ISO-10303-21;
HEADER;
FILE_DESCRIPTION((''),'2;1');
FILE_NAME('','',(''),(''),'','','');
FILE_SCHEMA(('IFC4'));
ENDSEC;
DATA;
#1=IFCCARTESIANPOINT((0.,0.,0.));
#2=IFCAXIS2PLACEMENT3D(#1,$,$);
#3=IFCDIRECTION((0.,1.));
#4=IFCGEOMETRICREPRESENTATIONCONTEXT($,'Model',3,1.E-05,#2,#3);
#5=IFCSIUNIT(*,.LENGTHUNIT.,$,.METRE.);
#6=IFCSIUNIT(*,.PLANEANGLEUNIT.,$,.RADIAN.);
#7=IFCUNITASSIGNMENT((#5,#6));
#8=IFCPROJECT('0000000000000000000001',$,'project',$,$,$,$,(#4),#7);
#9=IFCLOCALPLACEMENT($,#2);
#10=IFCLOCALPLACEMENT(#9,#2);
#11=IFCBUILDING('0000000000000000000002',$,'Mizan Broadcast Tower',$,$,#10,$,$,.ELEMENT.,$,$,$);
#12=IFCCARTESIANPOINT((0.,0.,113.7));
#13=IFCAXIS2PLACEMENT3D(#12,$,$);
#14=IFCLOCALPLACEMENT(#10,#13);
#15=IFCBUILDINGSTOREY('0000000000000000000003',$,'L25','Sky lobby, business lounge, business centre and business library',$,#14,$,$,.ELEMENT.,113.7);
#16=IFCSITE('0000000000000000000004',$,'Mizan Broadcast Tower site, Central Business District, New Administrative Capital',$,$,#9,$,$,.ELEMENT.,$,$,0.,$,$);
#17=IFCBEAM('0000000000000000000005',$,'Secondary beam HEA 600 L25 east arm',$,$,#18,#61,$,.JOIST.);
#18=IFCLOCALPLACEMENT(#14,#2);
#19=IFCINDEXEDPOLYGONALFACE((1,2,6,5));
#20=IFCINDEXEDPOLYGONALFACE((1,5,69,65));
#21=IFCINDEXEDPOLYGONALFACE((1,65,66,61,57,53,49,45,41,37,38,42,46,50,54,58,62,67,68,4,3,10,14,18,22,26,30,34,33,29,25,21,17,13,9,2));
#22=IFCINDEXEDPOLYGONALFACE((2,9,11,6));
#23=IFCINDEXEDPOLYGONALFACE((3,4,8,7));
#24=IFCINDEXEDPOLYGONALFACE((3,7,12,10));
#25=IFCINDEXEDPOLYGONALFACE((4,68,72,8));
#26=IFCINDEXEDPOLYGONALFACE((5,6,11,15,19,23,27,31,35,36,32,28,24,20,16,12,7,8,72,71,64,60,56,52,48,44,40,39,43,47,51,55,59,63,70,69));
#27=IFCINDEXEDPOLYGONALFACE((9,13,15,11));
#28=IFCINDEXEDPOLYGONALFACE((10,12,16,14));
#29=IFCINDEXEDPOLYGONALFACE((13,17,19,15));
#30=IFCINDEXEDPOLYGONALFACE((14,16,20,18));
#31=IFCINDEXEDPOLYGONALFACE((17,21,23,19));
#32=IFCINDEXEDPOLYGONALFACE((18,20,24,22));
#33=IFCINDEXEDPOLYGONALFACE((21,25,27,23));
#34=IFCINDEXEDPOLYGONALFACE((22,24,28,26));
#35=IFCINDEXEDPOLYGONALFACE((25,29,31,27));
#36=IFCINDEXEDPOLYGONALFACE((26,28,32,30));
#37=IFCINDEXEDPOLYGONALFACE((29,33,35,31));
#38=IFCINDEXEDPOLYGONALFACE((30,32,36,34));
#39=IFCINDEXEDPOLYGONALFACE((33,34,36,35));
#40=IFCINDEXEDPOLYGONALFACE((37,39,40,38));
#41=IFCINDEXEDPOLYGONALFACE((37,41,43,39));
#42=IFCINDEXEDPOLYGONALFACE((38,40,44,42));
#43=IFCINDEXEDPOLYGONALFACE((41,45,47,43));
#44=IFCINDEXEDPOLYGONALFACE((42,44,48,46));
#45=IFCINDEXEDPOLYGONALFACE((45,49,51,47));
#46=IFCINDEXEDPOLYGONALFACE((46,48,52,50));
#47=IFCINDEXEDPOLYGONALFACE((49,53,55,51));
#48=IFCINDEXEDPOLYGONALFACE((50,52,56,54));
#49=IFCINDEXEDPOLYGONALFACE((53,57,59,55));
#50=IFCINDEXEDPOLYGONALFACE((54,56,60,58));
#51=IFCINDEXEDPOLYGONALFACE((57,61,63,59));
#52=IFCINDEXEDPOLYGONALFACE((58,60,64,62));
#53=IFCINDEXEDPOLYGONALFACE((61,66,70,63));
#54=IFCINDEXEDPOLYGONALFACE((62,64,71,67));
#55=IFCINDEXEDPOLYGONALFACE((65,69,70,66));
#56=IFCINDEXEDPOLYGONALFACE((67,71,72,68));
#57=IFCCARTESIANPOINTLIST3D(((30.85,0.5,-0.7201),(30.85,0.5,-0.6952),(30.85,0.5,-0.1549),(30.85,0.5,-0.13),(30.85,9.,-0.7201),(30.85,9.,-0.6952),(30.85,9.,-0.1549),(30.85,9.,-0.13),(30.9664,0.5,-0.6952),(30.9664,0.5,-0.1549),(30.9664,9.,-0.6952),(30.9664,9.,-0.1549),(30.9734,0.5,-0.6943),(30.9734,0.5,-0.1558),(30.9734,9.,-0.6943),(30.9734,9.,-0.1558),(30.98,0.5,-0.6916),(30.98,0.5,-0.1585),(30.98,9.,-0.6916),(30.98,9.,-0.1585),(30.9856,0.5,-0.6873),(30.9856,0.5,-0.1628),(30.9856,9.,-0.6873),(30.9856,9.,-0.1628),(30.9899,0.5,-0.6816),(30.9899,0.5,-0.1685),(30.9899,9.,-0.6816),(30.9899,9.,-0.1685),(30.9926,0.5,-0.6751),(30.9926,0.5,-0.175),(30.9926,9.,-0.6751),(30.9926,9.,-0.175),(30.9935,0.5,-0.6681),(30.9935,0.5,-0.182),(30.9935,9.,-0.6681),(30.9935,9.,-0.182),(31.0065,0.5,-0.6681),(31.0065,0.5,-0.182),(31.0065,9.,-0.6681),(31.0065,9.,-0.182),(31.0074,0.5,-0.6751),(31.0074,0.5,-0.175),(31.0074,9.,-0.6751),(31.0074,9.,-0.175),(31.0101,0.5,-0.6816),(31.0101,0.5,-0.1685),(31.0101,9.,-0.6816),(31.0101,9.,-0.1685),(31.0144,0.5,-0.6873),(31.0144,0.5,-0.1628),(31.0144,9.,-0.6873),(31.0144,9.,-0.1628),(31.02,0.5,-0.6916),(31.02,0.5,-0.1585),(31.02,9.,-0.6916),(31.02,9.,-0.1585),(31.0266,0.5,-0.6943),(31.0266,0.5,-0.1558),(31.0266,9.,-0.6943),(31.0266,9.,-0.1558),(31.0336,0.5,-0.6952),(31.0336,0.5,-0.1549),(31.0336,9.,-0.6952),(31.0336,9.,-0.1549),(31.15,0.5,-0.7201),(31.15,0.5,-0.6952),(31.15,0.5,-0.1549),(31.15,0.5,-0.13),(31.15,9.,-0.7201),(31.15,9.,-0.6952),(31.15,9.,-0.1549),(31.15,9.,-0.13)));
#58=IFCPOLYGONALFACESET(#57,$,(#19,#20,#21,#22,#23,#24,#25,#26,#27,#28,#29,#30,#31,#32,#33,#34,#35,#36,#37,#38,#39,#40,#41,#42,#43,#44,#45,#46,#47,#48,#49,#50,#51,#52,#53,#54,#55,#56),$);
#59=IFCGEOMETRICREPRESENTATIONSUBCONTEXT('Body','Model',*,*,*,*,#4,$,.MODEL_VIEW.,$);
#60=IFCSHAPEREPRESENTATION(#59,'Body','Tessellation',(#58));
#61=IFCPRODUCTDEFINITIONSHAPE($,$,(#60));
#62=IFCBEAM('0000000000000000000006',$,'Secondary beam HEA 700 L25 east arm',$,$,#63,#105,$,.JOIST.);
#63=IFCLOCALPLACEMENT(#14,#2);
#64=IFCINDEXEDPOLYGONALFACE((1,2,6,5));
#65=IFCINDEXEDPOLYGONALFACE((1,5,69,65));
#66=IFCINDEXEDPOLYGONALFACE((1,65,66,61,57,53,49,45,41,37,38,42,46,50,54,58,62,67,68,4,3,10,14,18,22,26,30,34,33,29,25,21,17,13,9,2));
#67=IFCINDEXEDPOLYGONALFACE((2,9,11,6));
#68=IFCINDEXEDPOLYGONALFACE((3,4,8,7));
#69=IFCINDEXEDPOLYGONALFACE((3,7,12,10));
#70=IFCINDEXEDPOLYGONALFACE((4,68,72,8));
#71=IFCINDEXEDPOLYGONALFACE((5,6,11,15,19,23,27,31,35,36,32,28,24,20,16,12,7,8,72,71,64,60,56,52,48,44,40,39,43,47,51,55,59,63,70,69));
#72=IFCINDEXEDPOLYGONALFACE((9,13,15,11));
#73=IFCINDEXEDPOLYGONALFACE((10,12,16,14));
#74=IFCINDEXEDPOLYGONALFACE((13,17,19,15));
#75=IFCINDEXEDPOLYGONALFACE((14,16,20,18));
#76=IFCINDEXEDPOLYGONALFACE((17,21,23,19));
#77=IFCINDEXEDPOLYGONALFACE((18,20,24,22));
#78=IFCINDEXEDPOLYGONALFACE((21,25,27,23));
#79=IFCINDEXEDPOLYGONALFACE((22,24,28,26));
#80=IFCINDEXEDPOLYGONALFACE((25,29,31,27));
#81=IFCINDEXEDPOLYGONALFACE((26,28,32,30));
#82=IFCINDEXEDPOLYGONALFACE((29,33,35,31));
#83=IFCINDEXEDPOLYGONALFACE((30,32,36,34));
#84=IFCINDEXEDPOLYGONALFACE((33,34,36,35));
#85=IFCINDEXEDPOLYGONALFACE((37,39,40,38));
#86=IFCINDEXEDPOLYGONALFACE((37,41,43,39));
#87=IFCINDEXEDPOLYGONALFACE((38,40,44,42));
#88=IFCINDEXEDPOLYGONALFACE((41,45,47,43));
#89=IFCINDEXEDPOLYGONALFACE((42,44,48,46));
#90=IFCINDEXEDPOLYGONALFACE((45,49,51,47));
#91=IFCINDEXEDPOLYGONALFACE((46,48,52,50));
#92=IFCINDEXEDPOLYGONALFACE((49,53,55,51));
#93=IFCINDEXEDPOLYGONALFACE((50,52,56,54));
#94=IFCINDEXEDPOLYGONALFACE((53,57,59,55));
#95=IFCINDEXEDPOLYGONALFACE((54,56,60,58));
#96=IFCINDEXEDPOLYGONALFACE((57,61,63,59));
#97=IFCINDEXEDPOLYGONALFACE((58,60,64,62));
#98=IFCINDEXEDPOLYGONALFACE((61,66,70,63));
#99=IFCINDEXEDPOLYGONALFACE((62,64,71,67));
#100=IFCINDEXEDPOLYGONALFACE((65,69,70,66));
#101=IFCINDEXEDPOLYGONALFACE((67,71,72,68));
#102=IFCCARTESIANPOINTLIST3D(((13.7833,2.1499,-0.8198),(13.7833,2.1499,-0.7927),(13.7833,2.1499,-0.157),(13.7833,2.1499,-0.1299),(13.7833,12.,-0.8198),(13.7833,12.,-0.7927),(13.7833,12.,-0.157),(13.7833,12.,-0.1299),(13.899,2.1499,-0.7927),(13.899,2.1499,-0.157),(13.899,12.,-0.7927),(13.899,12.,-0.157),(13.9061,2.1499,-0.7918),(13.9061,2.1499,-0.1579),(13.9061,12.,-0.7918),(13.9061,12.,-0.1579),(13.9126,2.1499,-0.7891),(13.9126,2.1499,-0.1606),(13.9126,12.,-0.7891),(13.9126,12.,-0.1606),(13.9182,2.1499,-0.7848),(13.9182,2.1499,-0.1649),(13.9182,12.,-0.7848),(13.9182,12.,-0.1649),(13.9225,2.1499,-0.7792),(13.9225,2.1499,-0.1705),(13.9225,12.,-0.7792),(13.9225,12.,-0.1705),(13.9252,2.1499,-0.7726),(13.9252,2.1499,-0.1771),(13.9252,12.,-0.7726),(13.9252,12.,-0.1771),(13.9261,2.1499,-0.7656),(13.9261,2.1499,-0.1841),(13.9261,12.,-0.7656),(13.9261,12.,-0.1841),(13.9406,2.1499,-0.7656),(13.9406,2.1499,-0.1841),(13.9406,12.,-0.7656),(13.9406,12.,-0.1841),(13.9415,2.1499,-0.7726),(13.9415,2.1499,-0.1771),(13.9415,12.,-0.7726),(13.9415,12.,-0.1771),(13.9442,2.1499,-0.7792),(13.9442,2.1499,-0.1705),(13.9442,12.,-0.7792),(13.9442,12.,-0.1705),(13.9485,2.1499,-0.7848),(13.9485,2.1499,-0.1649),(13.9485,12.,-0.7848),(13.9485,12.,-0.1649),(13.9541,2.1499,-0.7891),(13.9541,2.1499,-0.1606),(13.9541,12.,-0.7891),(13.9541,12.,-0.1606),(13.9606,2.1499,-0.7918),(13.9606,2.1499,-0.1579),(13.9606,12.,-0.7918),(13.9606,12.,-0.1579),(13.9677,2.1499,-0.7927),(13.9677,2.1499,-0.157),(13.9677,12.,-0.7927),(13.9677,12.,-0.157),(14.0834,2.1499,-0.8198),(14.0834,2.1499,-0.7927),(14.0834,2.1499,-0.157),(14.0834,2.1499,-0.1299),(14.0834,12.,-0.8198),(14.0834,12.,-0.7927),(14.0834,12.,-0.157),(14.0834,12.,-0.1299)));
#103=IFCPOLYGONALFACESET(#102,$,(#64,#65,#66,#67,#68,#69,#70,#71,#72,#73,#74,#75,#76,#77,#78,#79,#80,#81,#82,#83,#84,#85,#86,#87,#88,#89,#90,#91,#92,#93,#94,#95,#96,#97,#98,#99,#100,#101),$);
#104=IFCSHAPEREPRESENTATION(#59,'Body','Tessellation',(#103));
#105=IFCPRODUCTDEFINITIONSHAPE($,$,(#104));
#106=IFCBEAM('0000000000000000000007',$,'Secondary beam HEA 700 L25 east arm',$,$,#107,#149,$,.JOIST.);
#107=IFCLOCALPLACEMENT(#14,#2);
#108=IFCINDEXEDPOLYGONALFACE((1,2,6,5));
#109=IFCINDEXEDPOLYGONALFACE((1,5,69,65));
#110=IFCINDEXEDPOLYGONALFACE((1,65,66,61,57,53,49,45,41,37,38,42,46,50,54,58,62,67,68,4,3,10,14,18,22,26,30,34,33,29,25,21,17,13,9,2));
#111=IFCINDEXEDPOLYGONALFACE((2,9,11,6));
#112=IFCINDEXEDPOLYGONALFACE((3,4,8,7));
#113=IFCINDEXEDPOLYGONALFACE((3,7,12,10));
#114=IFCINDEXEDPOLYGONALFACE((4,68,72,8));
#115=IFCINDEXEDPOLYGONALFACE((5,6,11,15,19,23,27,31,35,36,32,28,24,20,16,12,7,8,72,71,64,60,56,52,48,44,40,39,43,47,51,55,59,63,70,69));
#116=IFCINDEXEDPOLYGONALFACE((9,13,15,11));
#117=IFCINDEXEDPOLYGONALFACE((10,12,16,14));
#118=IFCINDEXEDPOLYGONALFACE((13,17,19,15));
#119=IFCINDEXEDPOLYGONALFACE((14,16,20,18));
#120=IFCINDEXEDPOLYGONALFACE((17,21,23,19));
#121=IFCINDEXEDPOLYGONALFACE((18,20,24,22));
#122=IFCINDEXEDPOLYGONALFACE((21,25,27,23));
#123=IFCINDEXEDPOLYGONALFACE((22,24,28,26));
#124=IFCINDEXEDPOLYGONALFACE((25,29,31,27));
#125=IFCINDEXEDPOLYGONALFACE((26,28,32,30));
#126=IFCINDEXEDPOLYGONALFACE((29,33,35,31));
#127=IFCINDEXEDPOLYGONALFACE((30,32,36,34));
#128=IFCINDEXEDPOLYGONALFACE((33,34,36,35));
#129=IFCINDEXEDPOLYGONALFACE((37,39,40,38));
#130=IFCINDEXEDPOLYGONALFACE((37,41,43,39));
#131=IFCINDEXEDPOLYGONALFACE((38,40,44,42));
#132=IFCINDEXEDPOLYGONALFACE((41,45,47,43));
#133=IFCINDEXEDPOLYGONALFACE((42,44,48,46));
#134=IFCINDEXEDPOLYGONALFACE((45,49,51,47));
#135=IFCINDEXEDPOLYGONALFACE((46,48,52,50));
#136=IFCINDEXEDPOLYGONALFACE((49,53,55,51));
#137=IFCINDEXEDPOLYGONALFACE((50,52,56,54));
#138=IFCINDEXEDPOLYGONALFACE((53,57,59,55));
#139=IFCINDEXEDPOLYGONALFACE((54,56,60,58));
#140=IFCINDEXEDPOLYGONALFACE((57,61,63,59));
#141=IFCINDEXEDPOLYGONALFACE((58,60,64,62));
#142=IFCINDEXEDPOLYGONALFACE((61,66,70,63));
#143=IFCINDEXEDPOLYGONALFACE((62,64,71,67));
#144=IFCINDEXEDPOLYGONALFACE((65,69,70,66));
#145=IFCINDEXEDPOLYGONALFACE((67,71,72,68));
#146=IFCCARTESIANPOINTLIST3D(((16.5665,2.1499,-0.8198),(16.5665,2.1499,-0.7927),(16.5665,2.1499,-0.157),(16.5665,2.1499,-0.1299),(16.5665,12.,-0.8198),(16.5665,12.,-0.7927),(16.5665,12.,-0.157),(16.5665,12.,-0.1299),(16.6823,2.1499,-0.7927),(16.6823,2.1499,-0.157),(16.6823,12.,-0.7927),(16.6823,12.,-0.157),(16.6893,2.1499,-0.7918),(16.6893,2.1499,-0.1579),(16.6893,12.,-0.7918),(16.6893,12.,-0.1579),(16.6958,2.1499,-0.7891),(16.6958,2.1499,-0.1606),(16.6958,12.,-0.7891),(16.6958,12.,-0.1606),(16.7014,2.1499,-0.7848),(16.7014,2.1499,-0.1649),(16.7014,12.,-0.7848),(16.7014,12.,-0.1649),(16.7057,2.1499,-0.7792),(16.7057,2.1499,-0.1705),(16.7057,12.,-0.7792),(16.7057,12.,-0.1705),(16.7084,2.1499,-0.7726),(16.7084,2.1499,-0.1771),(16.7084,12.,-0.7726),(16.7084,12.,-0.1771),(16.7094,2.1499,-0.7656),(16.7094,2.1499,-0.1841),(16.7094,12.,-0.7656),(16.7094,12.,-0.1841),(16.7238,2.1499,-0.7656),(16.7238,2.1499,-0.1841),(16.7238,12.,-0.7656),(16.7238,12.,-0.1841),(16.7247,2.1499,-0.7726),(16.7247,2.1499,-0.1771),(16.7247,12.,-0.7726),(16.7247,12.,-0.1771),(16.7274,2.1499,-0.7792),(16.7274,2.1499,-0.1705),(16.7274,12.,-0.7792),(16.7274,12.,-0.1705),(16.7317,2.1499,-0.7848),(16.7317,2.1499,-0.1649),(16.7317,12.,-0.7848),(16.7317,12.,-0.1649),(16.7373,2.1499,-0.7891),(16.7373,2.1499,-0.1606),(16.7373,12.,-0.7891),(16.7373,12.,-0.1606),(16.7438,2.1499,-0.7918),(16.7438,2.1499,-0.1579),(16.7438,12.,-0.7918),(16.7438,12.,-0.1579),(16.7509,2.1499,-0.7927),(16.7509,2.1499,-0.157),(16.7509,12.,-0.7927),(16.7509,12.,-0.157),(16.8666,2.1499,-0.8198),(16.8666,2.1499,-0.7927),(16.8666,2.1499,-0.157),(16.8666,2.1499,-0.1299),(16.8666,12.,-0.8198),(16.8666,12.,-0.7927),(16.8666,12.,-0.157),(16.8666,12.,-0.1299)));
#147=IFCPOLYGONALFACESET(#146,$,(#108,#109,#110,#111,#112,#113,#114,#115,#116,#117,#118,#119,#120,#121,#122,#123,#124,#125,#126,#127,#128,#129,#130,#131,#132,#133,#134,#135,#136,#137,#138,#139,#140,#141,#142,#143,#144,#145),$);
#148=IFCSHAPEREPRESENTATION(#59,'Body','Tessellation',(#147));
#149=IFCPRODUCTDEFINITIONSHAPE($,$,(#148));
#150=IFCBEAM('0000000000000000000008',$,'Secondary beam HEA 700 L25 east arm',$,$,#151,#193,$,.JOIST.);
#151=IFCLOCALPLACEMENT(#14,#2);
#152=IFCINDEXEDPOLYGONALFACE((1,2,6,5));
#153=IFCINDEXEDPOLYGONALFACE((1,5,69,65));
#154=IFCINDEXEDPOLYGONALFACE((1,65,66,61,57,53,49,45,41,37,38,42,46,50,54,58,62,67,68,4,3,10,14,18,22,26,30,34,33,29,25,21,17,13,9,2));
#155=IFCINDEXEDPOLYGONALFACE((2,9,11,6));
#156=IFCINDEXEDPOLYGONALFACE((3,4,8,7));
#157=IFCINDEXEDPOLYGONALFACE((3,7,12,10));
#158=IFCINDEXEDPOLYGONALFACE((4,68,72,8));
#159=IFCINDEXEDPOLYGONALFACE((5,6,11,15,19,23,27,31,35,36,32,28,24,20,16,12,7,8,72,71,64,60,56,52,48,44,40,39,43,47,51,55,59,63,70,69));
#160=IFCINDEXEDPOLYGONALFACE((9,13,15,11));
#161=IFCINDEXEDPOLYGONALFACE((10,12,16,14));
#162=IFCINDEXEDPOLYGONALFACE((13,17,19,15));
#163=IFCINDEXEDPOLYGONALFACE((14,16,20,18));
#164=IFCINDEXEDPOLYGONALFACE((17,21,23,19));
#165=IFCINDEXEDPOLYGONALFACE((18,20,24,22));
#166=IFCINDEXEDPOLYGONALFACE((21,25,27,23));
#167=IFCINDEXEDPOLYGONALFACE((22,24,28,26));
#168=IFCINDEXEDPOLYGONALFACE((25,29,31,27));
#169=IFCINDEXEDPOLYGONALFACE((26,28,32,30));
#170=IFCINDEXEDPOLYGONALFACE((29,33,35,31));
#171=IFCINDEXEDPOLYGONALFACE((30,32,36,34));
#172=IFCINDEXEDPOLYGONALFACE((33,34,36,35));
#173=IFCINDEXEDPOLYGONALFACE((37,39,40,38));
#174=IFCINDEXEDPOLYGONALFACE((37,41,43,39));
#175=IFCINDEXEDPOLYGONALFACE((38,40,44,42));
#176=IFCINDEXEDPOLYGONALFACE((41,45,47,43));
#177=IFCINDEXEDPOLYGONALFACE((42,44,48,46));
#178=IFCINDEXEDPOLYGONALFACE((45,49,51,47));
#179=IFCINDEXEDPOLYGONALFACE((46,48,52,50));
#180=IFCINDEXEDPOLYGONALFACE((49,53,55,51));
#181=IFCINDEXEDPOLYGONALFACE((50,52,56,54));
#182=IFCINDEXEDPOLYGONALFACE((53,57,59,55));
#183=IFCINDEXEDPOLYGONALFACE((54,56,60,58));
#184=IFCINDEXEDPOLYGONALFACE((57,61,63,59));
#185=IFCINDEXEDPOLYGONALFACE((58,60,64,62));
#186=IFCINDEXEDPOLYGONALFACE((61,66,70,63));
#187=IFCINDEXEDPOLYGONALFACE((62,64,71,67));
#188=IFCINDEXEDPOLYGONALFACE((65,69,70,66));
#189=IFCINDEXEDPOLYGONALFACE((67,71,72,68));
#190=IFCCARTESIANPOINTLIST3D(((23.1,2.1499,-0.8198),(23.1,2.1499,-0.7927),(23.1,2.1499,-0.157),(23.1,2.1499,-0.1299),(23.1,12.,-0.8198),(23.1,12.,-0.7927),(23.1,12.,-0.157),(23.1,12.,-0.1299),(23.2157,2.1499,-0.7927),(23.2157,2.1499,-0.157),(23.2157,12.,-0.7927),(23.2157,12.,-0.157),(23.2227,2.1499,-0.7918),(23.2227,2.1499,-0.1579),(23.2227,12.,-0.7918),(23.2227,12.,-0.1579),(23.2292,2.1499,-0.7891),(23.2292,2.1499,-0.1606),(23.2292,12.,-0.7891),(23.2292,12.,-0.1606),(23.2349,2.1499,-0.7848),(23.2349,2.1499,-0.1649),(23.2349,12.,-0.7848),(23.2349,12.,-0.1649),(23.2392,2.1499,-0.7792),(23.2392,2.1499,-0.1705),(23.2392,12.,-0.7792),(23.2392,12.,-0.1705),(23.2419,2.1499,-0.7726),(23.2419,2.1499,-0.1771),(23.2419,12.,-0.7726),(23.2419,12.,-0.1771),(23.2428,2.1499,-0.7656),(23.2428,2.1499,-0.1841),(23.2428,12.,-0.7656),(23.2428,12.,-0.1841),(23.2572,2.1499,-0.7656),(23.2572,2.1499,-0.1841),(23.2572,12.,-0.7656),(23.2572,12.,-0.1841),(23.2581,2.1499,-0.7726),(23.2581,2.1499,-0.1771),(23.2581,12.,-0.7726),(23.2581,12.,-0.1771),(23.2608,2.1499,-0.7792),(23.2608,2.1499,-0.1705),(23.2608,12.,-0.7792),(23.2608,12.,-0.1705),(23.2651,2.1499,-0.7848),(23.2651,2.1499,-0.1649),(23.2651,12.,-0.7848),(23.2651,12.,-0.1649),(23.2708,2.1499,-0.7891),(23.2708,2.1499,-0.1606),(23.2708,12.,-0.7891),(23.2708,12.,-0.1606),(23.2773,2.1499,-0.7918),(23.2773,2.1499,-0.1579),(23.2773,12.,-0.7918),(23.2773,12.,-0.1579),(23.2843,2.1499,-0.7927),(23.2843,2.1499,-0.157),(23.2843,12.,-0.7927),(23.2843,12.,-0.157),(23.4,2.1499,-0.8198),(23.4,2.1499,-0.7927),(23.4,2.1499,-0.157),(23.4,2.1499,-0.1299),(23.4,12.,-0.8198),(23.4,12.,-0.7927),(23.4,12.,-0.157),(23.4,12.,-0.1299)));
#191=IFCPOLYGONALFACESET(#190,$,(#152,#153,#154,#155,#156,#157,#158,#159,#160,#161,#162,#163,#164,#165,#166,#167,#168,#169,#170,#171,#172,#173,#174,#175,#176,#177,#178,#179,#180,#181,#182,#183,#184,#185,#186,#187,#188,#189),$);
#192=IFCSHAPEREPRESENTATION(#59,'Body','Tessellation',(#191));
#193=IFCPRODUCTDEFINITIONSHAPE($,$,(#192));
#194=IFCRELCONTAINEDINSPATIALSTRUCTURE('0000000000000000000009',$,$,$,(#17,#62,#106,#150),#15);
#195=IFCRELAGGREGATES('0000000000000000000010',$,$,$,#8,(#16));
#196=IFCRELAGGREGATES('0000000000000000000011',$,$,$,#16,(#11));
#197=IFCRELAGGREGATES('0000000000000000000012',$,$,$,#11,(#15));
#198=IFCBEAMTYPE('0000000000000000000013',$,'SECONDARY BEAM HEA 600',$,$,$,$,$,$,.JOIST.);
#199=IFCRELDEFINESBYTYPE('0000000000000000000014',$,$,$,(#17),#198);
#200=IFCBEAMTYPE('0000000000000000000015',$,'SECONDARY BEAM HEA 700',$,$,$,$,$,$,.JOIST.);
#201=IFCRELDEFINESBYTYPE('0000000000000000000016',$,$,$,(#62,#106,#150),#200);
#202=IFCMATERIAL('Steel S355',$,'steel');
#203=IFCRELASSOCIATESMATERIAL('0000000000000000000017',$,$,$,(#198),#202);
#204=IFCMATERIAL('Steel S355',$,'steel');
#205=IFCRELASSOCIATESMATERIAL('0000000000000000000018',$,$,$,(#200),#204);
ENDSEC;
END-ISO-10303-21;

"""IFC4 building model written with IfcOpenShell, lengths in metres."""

from ifc_helpers import new_model, si_unit, direction, frame, origin, origin_2d, place, context, subcontext, project, spatial, i_section, extrude, material, material_profile, profile_set, type_object, element, save


model = new_model("IFC4")

# Units and contexts
model_context = context("Model", 3, precision=1e-05, world=origin(), true_north=direction((0.0, 1.0)))
body_context = subcontext(model_context, "Body", "Model", "MODEL_VIEW")
ifc_project = project(units=[si_unit("LENGTHUNIT", "METRE"), si_unit("PLANEANGLEUNIT", "RADIAN")], contexts=[model_context])

# Site, building, storey
site_placement = place(None, origin())
site = spatial("IfcSite", under=ifc_project, at=site_placement, Name="Mizan Broadcast Tower site, Central Business District, New Administrative Capital", CompositionType="ELEMENT", RefElevation=0.0)
building_placement = place(site_placement, origin())
building = spatial("IfcBuilding", under=site, at=building_placement, Name="Mizan Broadcast Tower", CompositionType="ELEMENT")
storey_placement = place(building_placement, frame((0.0, 0.0, 113.7)))
storey = spatial("IfcBuildingStorey", under=building, at=storey_placement, Name="L25", Description="Sky lobby, business lounge, business centre and business library", CompositionType="ELEMENT", Elevation=113.7)

# Beams
ifc_material_1 = material(Name="Steel S355", Category="steel")
ifc_material_profile_1 = material_profile(ifc_material_1, i_section(OverallWidth=0.3, OverallDepth=0.5901, WebThickness=0.0129, FlangeThickness=0.0249, FilletRadius=0.0271, at=origin_2d()), Name="HEA 600")
ifc_profile_set_1 = profile_set([ifc_material_profile_1], Name="Steel S355")
beam_type_1 = type_object("IfcBeamType", Name="SECONDARY BEAM HEA 600", PredefinedType="JOIST", material=ifc_profile_set_1)
beam_1_placement = place(storey_placement, frame((31.0, 9.0, -0.425), z_axis=(0.0, -1.0, 0.0), x_axis=(1.0, 0.0, 0.0)))
element("IfcBeam", 1, at=beam_1_placement, inside=storey, type_object=beam_type_1, Name="Secondary beam HEA 600 L25 east arm", PredefinedType="JOIST", context=body_context, shape_type="SweptSolid", body=[
    extrude(i_section(OverallWidth=0.3, OverallDepth=0.5901, WebThickness=0.0129, FlangeThickness=0.0249, FilletRadius=0.0271, at=origin_2d()), origin(), (0.0, 0.0, 1.0), 8.5),
])
ifc_material_2 = material(Name="Steel S355", Category="steel")
ifc_material_profile_2 = material_profile(ifc_material_2, i_section(OverallWidth=0.3, OverallDepth=0.6899, WebThickness=0.0144, FlangeThickness=0.0271, FilletRadius=0.0271, at=origin_2d()), Name="HEA 700")
ifc_profile_set_2 = profile_set([ifc_material_profile_2], Name="Steel S355")
beam_type_2 = type_object("IfcBeamType", Name="SECONDARY BEAM HEA 700", PredefinedType="JOIST", material=ifc_profile_set_2)
for number, where, z_axis, x_axis, name in (
    (2, (13.9333, 12.0, -0.4749), (0.0, -1.0, 0.0), (1.0, 0.0, 0.0), "Secondary beam HEA 700 L25 east arm"),
    (3, (16.7166, 12.0, -0.4749), (0.0, -1.0, 0.0), (1.0, 0.0, 0.0), "Secondary beam HEA 700 L25 east arm"),
    (4, (23.25, 12.0, -0.4749), (0.0, -1.0, 0.0), (1.0, 0.0, 0.0), "Secondary beam HEA 700 L25 east arm"),
):
    element("IfcBeam", number, at=place(storey_placement, frame(where, z_axis=z_axis, x_axis=x_axis)), inside=storey, type_object=beam_type_2, Name=name, PredefinedType="JOIST", context=body_context, shape_type="SweptSolid", body=[
        extrude(i_section(OverallWidth=0.3, OverallDepth=0.6899, WebThickness=0.0144, FlangeThickness=0.0271, FilletRadius=0.0271, at=origin_2d()), origin(), (0.0, 0.0, 1.0), 9.8501),
    ])

save(model, "model.ifc")
